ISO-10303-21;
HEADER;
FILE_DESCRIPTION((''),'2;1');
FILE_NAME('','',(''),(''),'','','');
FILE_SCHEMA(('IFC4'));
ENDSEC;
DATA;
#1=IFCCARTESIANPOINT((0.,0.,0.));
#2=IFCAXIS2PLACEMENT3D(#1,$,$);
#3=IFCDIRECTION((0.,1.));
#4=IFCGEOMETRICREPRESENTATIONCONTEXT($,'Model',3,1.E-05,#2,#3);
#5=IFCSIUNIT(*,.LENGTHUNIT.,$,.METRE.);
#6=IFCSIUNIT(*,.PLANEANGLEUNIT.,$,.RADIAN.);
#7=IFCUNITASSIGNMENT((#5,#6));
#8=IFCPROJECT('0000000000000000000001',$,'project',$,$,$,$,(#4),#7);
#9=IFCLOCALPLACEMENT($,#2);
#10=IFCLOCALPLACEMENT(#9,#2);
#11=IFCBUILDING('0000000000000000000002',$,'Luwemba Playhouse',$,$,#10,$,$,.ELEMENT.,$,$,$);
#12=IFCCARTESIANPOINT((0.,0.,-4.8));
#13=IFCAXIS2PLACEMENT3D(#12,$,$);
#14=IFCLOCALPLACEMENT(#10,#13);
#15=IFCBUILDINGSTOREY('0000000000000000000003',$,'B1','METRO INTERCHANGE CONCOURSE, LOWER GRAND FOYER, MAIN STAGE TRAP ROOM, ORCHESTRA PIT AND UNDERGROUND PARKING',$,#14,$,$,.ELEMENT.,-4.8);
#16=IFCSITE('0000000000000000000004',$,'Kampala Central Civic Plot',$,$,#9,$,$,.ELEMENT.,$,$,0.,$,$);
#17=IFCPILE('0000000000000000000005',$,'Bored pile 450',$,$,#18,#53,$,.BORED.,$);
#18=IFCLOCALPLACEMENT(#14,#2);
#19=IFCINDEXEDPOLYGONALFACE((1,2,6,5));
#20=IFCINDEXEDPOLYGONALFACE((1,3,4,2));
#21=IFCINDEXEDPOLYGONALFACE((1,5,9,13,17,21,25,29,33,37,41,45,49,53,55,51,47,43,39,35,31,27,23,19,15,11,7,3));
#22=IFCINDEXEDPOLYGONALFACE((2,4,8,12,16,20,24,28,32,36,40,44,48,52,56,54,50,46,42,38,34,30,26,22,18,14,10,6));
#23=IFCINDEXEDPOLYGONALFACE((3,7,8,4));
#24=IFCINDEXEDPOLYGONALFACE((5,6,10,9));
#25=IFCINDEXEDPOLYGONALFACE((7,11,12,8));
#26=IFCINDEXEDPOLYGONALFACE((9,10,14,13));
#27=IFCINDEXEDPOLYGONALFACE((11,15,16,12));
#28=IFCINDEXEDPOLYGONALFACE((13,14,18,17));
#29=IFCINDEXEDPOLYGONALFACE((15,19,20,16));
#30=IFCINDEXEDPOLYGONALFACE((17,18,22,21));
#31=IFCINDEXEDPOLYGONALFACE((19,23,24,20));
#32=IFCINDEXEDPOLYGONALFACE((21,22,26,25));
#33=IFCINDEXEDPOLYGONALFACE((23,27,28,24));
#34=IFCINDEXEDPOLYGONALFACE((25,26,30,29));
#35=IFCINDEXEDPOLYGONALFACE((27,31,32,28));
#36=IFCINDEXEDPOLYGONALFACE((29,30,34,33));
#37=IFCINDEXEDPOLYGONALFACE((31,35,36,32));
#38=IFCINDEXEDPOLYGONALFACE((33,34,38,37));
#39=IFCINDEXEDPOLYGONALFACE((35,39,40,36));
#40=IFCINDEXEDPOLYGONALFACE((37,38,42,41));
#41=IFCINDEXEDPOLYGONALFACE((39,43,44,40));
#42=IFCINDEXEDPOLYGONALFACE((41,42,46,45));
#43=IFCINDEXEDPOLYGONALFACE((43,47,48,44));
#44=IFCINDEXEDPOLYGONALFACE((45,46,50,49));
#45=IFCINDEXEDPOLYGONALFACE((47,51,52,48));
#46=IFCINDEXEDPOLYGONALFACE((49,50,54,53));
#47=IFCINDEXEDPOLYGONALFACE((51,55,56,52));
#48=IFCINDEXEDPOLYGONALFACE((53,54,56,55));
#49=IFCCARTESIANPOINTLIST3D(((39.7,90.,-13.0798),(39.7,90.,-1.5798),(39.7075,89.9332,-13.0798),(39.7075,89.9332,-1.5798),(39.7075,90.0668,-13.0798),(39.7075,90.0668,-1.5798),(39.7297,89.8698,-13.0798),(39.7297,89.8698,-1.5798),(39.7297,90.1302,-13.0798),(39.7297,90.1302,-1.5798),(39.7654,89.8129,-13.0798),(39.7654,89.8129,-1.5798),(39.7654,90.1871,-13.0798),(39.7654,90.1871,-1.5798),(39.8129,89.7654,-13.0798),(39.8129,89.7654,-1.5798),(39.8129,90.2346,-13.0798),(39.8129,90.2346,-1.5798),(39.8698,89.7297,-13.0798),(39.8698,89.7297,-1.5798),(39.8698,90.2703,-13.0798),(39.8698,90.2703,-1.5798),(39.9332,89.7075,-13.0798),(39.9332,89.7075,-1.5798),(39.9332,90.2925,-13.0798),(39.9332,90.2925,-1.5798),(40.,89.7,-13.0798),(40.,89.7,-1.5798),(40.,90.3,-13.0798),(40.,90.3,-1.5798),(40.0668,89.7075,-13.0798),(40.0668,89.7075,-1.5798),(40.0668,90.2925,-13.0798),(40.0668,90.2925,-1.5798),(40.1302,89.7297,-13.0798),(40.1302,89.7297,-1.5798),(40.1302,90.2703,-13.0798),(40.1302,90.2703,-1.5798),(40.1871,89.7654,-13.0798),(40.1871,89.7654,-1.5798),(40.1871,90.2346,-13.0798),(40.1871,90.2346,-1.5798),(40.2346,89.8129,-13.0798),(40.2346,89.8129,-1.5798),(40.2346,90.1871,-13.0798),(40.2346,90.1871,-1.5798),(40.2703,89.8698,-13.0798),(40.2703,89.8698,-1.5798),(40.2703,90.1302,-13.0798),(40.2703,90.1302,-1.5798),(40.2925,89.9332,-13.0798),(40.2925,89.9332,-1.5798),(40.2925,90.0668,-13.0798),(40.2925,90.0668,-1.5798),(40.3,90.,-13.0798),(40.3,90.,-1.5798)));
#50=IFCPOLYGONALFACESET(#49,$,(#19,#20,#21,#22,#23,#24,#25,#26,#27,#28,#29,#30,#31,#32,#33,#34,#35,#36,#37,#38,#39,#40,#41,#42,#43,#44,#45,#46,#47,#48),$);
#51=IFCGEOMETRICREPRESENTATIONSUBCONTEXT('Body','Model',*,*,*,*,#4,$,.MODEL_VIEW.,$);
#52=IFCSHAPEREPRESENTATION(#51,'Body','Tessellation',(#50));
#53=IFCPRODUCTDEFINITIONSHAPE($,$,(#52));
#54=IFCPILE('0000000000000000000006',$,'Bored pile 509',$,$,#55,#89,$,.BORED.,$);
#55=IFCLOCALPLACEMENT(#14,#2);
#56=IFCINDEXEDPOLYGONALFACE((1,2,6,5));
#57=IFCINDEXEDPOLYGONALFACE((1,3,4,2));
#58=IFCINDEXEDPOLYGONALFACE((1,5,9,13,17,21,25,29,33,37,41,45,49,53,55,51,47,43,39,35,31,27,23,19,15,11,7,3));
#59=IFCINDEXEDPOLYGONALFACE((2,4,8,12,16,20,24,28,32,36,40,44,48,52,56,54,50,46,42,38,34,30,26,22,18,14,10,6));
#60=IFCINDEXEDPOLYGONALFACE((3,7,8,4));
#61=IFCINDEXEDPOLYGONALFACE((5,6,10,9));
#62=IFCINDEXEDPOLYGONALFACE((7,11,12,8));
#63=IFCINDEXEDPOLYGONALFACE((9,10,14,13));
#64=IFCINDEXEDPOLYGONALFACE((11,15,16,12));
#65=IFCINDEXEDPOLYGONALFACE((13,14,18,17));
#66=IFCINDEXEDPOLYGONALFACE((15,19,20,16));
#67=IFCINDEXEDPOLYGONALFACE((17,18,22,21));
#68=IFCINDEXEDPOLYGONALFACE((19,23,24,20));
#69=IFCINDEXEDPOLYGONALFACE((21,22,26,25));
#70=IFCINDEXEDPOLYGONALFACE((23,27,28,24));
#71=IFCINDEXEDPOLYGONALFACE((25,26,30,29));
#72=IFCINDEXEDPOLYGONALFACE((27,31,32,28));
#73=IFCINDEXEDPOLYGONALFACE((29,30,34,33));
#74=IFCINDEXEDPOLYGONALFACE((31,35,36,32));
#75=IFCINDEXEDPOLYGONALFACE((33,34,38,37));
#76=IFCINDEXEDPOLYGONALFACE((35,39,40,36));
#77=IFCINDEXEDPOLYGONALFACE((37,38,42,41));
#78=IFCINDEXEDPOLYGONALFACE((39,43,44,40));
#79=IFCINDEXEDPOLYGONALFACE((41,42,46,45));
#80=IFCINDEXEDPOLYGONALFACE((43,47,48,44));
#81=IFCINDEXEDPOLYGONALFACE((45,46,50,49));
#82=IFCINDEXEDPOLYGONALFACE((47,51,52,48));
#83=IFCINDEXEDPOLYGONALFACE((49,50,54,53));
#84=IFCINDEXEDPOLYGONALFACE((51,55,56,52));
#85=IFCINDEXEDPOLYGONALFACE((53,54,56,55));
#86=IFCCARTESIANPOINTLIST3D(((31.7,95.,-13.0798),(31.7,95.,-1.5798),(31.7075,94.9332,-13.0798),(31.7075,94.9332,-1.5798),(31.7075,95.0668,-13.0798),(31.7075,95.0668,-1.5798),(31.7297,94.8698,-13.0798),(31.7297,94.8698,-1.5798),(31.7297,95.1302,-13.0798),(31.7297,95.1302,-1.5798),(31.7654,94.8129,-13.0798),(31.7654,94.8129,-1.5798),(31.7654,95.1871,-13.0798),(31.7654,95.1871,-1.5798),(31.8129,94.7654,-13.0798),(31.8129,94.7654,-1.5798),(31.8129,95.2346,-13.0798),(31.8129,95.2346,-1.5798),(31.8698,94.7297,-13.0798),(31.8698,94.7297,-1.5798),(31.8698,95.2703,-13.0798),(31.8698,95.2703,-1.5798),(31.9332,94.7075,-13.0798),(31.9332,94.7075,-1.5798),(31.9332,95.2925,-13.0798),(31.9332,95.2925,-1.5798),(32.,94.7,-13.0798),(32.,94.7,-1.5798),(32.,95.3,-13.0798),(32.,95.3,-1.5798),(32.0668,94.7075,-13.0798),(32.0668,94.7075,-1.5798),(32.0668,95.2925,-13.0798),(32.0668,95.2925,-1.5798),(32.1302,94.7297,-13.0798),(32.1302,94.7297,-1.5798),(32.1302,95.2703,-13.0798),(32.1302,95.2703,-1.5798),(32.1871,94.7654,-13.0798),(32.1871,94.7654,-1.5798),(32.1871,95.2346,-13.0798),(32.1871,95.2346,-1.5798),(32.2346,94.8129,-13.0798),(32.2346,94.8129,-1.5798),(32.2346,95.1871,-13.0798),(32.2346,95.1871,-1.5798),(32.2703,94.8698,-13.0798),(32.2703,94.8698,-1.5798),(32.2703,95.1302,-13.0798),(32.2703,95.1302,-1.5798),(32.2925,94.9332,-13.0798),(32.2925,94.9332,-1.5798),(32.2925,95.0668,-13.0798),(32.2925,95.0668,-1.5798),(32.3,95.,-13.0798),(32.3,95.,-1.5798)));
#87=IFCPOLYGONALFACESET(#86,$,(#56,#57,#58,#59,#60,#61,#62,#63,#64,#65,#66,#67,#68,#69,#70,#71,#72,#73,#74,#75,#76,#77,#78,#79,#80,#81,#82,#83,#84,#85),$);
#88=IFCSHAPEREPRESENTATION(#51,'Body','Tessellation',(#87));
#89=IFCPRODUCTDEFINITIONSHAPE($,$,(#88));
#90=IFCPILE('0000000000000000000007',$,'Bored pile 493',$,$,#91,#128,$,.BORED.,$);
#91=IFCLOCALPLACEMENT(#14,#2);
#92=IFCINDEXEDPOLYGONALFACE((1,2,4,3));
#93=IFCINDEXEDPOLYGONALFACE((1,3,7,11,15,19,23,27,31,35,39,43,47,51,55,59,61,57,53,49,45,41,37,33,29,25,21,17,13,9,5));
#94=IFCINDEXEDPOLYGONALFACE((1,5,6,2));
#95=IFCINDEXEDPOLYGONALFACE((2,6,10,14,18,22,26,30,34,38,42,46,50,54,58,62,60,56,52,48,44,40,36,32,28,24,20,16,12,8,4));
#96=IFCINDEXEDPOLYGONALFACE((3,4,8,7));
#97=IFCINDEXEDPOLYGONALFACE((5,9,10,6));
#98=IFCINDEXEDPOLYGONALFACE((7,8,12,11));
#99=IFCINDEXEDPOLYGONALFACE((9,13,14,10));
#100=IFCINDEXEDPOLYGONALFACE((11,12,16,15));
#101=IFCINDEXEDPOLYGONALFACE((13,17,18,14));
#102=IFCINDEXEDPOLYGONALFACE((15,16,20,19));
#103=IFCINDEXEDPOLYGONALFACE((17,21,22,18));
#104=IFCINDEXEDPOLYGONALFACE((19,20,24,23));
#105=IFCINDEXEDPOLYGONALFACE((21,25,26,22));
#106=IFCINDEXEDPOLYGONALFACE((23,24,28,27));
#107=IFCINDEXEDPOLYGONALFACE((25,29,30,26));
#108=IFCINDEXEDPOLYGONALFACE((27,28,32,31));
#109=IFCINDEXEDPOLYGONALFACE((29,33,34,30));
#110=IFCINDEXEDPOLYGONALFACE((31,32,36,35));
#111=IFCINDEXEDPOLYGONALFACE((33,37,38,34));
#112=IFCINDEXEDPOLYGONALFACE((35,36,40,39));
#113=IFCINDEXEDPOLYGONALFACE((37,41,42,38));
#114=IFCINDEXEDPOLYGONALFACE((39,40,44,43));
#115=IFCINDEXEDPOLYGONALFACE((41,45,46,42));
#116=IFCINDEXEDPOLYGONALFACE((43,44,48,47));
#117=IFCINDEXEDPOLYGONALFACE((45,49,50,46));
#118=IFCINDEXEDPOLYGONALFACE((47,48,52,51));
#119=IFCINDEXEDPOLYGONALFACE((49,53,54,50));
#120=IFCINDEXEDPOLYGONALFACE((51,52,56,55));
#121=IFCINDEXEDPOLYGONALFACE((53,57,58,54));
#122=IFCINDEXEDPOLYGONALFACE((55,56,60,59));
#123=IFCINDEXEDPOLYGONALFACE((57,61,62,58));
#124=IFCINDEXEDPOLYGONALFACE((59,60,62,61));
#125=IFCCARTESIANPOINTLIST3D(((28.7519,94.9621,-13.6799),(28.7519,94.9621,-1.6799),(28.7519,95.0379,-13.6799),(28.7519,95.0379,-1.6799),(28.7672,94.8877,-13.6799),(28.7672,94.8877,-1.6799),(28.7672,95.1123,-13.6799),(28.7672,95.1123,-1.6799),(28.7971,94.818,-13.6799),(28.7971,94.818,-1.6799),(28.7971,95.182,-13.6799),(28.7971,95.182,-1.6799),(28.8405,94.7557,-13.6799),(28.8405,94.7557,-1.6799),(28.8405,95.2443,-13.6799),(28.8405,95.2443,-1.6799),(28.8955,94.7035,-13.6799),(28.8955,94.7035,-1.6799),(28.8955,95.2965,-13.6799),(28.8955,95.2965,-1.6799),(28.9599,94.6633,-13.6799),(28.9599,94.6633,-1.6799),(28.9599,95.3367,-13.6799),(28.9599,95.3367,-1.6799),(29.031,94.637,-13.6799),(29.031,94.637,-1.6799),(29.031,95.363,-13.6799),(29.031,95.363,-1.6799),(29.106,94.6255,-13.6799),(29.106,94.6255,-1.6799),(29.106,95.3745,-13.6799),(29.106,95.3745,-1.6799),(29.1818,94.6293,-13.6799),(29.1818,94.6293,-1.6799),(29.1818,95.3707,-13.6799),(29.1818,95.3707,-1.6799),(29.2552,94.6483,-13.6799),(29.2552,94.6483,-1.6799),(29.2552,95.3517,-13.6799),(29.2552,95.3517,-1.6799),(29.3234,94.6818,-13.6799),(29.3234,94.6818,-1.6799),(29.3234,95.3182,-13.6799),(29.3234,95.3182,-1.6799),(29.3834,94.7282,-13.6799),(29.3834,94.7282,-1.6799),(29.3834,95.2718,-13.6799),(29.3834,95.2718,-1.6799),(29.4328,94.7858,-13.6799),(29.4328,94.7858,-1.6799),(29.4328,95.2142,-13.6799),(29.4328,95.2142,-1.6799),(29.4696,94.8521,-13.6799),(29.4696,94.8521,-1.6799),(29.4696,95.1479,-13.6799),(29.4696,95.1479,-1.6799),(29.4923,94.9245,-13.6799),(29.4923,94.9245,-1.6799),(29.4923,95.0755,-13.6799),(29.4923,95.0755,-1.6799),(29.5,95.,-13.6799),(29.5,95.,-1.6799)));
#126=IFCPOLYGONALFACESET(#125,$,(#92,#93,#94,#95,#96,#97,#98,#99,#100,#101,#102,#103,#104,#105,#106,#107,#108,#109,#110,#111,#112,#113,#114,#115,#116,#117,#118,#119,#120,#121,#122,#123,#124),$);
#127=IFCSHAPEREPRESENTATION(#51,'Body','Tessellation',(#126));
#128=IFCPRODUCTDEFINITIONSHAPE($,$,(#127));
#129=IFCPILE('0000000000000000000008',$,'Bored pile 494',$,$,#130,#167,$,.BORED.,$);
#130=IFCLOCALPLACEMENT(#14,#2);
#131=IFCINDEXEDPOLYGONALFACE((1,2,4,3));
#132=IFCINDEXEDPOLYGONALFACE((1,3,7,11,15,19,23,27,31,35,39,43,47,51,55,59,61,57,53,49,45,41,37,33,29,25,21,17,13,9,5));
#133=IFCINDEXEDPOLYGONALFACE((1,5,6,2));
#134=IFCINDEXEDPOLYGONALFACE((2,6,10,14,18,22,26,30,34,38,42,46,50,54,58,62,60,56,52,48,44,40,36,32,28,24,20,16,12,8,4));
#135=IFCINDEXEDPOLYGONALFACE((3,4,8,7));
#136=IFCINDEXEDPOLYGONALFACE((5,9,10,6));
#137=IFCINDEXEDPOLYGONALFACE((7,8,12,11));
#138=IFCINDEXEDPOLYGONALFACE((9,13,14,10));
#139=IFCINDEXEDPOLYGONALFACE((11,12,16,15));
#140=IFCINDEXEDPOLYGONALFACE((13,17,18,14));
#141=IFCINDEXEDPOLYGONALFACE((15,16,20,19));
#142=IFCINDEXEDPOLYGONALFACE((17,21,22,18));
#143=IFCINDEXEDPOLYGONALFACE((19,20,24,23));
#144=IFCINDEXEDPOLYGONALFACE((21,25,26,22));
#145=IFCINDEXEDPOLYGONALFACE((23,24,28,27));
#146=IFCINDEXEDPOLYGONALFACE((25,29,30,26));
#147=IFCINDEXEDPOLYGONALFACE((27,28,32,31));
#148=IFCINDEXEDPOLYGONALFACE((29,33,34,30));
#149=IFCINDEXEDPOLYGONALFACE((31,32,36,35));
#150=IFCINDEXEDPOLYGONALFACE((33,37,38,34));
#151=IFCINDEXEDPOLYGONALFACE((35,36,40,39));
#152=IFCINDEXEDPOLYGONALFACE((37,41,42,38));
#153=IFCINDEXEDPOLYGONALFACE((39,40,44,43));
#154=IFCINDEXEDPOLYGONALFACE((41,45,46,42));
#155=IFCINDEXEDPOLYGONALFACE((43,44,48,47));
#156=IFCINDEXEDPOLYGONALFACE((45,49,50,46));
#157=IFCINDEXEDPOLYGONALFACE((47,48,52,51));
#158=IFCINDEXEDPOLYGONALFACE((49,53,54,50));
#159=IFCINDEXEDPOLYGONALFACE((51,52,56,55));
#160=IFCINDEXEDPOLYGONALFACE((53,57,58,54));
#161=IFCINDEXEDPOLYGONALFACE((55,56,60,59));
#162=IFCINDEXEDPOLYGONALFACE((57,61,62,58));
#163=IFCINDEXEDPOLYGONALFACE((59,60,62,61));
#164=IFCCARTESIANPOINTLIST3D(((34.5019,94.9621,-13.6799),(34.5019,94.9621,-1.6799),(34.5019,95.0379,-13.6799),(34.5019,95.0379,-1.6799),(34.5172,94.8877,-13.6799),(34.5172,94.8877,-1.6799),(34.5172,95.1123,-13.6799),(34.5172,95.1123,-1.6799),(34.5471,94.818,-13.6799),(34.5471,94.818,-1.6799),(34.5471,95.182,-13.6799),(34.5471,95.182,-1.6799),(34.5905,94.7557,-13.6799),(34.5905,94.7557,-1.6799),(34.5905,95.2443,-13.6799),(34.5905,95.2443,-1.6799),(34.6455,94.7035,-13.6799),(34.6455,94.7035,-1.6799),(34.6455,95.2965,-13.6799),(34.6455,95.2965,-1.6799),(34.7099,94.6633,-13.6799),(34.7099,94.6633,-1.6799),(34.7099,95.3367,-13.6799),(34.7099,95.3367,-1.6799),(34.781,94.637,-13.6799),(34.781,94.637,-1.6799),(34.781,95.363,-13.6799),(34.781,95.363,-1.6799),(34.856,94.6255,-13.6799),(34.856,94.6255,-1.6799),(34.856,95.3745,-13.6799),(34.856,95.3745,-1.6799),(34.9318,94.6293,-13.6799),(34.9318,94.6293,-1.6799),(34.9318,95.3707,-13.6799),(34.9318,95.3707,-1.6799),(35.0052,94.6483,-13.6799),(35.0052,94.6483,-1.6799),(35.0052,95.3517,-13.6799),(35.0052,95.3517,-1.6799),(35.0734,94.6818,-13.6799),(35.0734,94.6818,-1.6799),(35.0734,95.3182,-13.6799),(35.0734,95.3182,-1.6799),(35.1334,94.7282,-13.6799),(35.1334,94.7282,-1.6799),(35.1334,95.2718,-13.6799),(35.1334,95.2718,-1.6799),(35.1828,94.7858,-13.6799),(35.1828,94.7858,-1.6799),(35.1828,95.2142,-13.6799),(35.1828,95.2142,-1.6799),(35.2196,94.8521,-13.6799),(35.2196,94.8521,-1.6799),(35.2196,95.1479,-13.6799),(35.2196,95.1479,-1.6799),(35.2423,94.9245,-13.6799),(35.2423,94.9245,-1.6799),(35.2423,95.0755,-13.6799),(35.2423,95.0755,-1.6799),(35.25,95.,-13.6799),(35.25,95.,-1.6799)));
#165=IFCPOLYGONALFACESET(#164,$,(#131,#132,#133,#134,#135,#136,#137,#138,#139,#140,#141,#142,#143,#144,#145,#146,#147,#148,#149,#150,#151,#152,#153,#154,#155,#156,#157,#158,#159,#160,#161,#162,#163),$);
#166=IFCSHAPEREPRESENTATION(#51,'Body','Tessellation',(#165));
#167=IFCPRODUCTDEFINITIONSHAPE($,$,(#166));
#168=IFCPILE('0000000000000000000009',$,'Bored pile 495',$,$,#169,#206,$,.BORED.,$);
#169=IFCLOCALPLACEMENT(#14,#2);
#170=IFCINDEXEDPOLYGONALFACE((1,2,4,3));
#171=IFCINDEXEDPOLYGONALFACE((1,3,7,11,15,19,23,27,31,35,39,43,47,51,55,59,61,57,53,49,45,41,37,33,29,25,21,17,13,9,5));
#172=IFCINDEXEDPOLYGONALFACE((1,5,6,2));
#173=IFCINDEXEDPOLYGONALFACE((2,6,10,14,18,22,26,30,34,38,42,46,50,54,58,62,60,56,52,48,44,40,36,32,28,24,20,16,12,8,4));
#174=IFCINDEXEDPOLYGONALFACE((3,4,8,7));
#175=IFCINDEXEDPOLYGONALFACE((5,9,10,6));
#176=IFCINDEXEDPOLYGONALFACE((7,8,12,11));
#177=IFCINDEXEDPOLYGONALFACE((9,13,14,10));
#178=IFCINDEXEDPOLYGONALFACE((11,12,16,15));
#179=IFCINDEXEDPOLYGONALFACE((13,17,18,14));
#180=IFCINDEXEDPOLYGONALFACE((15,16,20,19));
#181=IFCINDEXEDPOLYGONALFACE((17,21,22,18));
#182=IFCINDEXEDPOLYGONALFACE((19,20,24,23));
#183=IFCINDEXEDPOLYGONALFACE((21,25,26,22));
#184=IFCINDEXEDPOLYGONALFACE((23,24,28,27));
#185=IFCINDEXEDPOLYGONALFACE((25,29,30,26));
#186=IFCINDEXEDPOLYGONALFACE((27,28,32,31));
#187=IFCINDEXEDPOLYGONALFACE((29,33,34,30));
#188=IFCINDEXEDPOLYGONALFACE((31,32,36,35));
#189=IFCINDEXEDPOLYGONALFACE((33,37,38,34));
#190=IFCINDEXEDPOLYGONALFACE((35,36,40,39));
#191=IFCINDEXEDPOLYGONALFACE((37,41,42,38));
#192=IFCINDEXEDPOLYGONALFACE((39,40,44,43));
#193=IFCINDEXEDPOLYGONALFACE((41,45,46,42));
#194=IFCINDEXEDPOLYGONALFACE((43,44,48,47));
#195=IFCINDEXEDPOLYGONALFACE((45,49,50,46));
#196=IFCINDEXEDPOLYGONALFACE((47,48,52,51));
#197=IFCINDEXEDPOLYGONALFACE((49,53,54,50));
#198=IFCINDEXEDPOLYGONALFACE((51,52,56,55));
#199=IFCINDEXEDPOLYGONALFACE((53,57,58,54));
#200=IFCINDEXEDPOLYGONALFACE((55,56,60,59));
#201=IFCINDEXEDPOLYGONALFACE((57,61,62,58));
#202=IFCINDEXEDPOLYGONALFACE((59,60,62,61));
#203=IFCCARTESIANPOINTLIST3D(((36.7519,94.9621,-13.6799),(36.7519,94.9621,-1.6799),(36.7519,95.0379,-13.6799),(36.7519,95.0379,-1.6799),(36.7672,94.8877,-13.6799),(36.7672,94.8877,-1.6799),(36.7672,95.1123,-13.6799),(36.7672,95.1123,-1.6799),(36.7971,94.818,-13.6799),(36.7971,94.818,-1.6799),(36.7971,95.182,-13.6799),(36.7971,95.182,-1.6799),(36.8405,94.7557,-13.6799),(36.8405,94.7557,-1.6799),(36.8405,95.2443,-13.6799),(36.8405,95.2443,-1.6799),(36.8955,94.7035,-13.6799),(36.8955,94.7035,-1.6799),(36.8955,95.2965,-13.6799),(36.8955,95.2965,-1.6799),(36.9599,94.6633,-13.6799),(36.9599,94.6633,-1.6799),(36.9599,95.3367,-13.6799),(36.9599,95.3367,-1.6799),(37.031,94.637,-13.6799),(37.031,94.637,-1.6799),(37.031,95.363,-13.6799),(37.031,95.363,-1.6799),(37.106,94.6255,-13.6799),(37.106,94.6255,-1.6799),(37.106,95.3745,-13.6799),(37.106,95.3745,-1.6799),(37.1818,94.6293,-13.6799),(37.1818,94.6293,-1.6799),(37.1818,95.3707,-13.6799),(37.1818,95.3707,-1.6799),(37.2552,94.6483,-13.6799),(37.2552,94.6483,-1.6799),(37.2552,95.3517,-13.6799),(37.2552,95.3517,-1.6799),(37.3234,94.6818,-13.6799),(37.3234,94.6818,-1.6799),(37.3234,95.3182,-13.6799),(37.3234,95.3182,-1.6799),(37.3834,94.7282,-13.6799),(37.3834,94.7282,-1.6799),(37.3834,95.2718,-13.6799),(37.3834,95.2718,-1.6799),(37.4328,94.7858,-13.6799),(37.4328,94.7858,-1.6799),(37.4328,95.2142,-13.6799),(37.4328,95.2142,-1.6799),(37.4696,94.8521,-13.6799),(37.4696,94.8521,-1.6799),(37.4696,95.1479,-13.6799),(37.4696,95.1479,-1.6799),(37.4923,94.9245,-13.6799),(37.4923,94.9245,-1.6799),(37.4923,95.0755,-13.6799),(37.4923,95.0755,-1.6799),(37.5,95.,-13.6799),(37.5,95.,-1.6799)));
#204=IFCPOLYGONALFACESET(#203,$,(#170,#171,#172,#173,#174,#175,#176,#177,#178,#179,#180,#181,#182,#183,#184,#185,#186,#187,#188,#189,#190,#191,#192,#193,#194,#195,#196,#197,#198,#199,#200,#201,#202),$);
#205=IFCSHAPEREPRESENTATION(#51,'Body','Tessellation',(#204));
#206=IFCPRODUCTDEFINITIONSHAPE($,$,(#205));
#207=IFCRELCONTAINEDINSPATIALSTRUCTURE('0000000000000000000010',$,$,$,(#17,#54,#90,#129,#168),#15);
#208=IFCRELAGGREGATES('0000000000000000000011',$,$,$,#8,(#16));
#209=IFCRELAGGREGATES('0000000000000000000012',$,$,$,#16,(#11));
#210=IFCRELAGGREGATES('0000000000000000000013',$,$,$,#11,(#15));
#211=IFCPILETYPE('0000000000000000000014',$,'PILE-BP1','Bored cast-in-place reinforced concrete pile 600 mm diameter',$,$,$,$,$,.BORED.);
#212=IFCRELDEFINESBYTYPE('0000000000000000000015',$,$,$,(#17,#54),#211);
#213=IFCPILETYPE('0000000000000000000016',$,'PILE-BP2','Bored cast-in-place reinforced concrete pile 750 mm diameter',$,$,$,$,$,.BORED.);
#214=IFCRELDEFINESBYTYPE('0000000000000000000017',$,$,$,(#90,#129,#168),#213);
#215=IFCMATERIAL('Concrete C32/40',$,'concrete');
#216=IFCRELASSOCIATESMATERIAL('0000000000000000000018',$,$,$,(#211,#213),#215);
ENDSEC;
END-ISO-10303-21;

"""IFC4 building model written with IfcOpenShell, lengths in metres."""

from ifc_helpers import new_model, si_unit, direction, frame, origin, origin_2d, place, context, subcontext, project, spatial, circle, extrude, material, material_profile, profile_set, type_object, element, save


model = new_model("IFC4")

# Units and contexts
model_context = context("Model", 3, precision=1e-05, world=origin(), true_north=direction((0.0, 1.0)))
body_context = subcontext(model_context, "Body", "Model", "MODEL_VIEW")
ifc_project = project(units=[si_unit("LENGTHUNIT", "METRE"), si_unit("PLANEANGLEUNIT", "RADIAN")], contexts=[model_context])

# Site, building, storey
site_placement = place(None, origin())
site = spatial("IfcSite", under=ifc_project, at=site_placement, Name="Kampala Central Civic Plot", CompositionType="ELEMENT", RefElevation=0.0)
building_placement = place(site_placement, origin())
building = spatial("IfcBuilding", under=site, at=building_placement, Name="Luwemba Playhouse", CompositionType="ELEMENT")
storey_placement = place(building_placement, frame((0.0, 0.0, -4.8)))
storey = spatial("IfcBuildingStorey", under=building, at=storey_placement, Name="B1", Description="METRO INTERCHANGE CONCOURSE, LOWER GRAND FOYER, MAIN STAGE TRAP ROOM, ORCHESTRA PIT AND UNDERGROUND PARKING", CompositionType="ELEMENT", Elevation=-4.8)

# Shared definitions
ifc_material_1 = material(Name="Concrete C32/40", Category="concrete")

# Piles
ifc_material_profile_1 = material_profile(ifc_material_1, circle(Radius=0.3, at=origin_2d()))
ifc_profile_set_1 = profile_set([ifc_material_profile_1], Name="Concrete C32/40")
pile_type_1 = type_object("IfcPileType", Name="PILE-BP1", Description="Bored cast-in-place reinforced concrete pile 600 mm diameter", PredefinedType="BORED", material=ifc_profile_set_1)
for number, where, z_axis, x_axis, name in (
    (1, (40.0, 90.0, -1.5798), (0.0, 0.0, -1.0), (1.0, 0.0, 0.0), "Bored pile 450"),
    (2, (32.0, 95.0, -1.5798), (0.0, 0.0, -1.0), (1.0, 0.0, 0.0), "Bored pile 509"),
):
    element("IfcPile", number, at=place(storey_placement, frame(where, z_axis=z_axis, x_axis=x_axis)), inside=storey, type_object=pile_type_1, Name=name, PredefinedType="BORED", context=body_context, shape_type="SweptSolid", body=[
        extrude(circle(Radius=0.3, at=origin_2d()), origin(), (0.0, 0.0, 1.0), 11.5),
    ])
ifc_material_profile_2 = material_profile(ifc_material_1, circle(Radius=0.375, at=origin_2d()))
ifc_profile_set_2 = profile_set([ifc_material_profile_2], Name="Concrete C32/40")
pile_type_2 = type_object("IfcPileType", Name="PILE-BP2", Description="Bored cast-in-place reinforced concrete pile 750 mm diameter", PredefinedType="BORED", material=ifc_profile_set_2)
for number, where, z_axis, x_axis, name in (
    (3, (29.125, 95.0, -1.6799), (0.0, 0.0, -1.0), (1.0, 0.0, 0.0), "Bored pile 493"),
    (4, (34.875, 95.0, -1.6799), (0.0, 0.0, -1.0), (1.0, 0.0, 0.0), "Bored pile 494"),
    (5, (37.125, 95.0, -1.6799), (0.0, 0.0, -1.0), (1.0, 0.0, 0.0), "Bored pile 495"),
):
    element("IfcPile", number, at=place(storey_placement, frame(where, z_axis=z_axis, x_axis=x_axis)), inside=storey, type_object=pile_type_2, Name=name, PredefinedType="BORED", context=body_context, shape_type="SweptSolid", body=[
        extrude(circle(Radius=0.375, at=origin_2d()), origin(), (0.0, 0.0, 1.0), 12.0),
    ])

save(model, "model.ifc")
